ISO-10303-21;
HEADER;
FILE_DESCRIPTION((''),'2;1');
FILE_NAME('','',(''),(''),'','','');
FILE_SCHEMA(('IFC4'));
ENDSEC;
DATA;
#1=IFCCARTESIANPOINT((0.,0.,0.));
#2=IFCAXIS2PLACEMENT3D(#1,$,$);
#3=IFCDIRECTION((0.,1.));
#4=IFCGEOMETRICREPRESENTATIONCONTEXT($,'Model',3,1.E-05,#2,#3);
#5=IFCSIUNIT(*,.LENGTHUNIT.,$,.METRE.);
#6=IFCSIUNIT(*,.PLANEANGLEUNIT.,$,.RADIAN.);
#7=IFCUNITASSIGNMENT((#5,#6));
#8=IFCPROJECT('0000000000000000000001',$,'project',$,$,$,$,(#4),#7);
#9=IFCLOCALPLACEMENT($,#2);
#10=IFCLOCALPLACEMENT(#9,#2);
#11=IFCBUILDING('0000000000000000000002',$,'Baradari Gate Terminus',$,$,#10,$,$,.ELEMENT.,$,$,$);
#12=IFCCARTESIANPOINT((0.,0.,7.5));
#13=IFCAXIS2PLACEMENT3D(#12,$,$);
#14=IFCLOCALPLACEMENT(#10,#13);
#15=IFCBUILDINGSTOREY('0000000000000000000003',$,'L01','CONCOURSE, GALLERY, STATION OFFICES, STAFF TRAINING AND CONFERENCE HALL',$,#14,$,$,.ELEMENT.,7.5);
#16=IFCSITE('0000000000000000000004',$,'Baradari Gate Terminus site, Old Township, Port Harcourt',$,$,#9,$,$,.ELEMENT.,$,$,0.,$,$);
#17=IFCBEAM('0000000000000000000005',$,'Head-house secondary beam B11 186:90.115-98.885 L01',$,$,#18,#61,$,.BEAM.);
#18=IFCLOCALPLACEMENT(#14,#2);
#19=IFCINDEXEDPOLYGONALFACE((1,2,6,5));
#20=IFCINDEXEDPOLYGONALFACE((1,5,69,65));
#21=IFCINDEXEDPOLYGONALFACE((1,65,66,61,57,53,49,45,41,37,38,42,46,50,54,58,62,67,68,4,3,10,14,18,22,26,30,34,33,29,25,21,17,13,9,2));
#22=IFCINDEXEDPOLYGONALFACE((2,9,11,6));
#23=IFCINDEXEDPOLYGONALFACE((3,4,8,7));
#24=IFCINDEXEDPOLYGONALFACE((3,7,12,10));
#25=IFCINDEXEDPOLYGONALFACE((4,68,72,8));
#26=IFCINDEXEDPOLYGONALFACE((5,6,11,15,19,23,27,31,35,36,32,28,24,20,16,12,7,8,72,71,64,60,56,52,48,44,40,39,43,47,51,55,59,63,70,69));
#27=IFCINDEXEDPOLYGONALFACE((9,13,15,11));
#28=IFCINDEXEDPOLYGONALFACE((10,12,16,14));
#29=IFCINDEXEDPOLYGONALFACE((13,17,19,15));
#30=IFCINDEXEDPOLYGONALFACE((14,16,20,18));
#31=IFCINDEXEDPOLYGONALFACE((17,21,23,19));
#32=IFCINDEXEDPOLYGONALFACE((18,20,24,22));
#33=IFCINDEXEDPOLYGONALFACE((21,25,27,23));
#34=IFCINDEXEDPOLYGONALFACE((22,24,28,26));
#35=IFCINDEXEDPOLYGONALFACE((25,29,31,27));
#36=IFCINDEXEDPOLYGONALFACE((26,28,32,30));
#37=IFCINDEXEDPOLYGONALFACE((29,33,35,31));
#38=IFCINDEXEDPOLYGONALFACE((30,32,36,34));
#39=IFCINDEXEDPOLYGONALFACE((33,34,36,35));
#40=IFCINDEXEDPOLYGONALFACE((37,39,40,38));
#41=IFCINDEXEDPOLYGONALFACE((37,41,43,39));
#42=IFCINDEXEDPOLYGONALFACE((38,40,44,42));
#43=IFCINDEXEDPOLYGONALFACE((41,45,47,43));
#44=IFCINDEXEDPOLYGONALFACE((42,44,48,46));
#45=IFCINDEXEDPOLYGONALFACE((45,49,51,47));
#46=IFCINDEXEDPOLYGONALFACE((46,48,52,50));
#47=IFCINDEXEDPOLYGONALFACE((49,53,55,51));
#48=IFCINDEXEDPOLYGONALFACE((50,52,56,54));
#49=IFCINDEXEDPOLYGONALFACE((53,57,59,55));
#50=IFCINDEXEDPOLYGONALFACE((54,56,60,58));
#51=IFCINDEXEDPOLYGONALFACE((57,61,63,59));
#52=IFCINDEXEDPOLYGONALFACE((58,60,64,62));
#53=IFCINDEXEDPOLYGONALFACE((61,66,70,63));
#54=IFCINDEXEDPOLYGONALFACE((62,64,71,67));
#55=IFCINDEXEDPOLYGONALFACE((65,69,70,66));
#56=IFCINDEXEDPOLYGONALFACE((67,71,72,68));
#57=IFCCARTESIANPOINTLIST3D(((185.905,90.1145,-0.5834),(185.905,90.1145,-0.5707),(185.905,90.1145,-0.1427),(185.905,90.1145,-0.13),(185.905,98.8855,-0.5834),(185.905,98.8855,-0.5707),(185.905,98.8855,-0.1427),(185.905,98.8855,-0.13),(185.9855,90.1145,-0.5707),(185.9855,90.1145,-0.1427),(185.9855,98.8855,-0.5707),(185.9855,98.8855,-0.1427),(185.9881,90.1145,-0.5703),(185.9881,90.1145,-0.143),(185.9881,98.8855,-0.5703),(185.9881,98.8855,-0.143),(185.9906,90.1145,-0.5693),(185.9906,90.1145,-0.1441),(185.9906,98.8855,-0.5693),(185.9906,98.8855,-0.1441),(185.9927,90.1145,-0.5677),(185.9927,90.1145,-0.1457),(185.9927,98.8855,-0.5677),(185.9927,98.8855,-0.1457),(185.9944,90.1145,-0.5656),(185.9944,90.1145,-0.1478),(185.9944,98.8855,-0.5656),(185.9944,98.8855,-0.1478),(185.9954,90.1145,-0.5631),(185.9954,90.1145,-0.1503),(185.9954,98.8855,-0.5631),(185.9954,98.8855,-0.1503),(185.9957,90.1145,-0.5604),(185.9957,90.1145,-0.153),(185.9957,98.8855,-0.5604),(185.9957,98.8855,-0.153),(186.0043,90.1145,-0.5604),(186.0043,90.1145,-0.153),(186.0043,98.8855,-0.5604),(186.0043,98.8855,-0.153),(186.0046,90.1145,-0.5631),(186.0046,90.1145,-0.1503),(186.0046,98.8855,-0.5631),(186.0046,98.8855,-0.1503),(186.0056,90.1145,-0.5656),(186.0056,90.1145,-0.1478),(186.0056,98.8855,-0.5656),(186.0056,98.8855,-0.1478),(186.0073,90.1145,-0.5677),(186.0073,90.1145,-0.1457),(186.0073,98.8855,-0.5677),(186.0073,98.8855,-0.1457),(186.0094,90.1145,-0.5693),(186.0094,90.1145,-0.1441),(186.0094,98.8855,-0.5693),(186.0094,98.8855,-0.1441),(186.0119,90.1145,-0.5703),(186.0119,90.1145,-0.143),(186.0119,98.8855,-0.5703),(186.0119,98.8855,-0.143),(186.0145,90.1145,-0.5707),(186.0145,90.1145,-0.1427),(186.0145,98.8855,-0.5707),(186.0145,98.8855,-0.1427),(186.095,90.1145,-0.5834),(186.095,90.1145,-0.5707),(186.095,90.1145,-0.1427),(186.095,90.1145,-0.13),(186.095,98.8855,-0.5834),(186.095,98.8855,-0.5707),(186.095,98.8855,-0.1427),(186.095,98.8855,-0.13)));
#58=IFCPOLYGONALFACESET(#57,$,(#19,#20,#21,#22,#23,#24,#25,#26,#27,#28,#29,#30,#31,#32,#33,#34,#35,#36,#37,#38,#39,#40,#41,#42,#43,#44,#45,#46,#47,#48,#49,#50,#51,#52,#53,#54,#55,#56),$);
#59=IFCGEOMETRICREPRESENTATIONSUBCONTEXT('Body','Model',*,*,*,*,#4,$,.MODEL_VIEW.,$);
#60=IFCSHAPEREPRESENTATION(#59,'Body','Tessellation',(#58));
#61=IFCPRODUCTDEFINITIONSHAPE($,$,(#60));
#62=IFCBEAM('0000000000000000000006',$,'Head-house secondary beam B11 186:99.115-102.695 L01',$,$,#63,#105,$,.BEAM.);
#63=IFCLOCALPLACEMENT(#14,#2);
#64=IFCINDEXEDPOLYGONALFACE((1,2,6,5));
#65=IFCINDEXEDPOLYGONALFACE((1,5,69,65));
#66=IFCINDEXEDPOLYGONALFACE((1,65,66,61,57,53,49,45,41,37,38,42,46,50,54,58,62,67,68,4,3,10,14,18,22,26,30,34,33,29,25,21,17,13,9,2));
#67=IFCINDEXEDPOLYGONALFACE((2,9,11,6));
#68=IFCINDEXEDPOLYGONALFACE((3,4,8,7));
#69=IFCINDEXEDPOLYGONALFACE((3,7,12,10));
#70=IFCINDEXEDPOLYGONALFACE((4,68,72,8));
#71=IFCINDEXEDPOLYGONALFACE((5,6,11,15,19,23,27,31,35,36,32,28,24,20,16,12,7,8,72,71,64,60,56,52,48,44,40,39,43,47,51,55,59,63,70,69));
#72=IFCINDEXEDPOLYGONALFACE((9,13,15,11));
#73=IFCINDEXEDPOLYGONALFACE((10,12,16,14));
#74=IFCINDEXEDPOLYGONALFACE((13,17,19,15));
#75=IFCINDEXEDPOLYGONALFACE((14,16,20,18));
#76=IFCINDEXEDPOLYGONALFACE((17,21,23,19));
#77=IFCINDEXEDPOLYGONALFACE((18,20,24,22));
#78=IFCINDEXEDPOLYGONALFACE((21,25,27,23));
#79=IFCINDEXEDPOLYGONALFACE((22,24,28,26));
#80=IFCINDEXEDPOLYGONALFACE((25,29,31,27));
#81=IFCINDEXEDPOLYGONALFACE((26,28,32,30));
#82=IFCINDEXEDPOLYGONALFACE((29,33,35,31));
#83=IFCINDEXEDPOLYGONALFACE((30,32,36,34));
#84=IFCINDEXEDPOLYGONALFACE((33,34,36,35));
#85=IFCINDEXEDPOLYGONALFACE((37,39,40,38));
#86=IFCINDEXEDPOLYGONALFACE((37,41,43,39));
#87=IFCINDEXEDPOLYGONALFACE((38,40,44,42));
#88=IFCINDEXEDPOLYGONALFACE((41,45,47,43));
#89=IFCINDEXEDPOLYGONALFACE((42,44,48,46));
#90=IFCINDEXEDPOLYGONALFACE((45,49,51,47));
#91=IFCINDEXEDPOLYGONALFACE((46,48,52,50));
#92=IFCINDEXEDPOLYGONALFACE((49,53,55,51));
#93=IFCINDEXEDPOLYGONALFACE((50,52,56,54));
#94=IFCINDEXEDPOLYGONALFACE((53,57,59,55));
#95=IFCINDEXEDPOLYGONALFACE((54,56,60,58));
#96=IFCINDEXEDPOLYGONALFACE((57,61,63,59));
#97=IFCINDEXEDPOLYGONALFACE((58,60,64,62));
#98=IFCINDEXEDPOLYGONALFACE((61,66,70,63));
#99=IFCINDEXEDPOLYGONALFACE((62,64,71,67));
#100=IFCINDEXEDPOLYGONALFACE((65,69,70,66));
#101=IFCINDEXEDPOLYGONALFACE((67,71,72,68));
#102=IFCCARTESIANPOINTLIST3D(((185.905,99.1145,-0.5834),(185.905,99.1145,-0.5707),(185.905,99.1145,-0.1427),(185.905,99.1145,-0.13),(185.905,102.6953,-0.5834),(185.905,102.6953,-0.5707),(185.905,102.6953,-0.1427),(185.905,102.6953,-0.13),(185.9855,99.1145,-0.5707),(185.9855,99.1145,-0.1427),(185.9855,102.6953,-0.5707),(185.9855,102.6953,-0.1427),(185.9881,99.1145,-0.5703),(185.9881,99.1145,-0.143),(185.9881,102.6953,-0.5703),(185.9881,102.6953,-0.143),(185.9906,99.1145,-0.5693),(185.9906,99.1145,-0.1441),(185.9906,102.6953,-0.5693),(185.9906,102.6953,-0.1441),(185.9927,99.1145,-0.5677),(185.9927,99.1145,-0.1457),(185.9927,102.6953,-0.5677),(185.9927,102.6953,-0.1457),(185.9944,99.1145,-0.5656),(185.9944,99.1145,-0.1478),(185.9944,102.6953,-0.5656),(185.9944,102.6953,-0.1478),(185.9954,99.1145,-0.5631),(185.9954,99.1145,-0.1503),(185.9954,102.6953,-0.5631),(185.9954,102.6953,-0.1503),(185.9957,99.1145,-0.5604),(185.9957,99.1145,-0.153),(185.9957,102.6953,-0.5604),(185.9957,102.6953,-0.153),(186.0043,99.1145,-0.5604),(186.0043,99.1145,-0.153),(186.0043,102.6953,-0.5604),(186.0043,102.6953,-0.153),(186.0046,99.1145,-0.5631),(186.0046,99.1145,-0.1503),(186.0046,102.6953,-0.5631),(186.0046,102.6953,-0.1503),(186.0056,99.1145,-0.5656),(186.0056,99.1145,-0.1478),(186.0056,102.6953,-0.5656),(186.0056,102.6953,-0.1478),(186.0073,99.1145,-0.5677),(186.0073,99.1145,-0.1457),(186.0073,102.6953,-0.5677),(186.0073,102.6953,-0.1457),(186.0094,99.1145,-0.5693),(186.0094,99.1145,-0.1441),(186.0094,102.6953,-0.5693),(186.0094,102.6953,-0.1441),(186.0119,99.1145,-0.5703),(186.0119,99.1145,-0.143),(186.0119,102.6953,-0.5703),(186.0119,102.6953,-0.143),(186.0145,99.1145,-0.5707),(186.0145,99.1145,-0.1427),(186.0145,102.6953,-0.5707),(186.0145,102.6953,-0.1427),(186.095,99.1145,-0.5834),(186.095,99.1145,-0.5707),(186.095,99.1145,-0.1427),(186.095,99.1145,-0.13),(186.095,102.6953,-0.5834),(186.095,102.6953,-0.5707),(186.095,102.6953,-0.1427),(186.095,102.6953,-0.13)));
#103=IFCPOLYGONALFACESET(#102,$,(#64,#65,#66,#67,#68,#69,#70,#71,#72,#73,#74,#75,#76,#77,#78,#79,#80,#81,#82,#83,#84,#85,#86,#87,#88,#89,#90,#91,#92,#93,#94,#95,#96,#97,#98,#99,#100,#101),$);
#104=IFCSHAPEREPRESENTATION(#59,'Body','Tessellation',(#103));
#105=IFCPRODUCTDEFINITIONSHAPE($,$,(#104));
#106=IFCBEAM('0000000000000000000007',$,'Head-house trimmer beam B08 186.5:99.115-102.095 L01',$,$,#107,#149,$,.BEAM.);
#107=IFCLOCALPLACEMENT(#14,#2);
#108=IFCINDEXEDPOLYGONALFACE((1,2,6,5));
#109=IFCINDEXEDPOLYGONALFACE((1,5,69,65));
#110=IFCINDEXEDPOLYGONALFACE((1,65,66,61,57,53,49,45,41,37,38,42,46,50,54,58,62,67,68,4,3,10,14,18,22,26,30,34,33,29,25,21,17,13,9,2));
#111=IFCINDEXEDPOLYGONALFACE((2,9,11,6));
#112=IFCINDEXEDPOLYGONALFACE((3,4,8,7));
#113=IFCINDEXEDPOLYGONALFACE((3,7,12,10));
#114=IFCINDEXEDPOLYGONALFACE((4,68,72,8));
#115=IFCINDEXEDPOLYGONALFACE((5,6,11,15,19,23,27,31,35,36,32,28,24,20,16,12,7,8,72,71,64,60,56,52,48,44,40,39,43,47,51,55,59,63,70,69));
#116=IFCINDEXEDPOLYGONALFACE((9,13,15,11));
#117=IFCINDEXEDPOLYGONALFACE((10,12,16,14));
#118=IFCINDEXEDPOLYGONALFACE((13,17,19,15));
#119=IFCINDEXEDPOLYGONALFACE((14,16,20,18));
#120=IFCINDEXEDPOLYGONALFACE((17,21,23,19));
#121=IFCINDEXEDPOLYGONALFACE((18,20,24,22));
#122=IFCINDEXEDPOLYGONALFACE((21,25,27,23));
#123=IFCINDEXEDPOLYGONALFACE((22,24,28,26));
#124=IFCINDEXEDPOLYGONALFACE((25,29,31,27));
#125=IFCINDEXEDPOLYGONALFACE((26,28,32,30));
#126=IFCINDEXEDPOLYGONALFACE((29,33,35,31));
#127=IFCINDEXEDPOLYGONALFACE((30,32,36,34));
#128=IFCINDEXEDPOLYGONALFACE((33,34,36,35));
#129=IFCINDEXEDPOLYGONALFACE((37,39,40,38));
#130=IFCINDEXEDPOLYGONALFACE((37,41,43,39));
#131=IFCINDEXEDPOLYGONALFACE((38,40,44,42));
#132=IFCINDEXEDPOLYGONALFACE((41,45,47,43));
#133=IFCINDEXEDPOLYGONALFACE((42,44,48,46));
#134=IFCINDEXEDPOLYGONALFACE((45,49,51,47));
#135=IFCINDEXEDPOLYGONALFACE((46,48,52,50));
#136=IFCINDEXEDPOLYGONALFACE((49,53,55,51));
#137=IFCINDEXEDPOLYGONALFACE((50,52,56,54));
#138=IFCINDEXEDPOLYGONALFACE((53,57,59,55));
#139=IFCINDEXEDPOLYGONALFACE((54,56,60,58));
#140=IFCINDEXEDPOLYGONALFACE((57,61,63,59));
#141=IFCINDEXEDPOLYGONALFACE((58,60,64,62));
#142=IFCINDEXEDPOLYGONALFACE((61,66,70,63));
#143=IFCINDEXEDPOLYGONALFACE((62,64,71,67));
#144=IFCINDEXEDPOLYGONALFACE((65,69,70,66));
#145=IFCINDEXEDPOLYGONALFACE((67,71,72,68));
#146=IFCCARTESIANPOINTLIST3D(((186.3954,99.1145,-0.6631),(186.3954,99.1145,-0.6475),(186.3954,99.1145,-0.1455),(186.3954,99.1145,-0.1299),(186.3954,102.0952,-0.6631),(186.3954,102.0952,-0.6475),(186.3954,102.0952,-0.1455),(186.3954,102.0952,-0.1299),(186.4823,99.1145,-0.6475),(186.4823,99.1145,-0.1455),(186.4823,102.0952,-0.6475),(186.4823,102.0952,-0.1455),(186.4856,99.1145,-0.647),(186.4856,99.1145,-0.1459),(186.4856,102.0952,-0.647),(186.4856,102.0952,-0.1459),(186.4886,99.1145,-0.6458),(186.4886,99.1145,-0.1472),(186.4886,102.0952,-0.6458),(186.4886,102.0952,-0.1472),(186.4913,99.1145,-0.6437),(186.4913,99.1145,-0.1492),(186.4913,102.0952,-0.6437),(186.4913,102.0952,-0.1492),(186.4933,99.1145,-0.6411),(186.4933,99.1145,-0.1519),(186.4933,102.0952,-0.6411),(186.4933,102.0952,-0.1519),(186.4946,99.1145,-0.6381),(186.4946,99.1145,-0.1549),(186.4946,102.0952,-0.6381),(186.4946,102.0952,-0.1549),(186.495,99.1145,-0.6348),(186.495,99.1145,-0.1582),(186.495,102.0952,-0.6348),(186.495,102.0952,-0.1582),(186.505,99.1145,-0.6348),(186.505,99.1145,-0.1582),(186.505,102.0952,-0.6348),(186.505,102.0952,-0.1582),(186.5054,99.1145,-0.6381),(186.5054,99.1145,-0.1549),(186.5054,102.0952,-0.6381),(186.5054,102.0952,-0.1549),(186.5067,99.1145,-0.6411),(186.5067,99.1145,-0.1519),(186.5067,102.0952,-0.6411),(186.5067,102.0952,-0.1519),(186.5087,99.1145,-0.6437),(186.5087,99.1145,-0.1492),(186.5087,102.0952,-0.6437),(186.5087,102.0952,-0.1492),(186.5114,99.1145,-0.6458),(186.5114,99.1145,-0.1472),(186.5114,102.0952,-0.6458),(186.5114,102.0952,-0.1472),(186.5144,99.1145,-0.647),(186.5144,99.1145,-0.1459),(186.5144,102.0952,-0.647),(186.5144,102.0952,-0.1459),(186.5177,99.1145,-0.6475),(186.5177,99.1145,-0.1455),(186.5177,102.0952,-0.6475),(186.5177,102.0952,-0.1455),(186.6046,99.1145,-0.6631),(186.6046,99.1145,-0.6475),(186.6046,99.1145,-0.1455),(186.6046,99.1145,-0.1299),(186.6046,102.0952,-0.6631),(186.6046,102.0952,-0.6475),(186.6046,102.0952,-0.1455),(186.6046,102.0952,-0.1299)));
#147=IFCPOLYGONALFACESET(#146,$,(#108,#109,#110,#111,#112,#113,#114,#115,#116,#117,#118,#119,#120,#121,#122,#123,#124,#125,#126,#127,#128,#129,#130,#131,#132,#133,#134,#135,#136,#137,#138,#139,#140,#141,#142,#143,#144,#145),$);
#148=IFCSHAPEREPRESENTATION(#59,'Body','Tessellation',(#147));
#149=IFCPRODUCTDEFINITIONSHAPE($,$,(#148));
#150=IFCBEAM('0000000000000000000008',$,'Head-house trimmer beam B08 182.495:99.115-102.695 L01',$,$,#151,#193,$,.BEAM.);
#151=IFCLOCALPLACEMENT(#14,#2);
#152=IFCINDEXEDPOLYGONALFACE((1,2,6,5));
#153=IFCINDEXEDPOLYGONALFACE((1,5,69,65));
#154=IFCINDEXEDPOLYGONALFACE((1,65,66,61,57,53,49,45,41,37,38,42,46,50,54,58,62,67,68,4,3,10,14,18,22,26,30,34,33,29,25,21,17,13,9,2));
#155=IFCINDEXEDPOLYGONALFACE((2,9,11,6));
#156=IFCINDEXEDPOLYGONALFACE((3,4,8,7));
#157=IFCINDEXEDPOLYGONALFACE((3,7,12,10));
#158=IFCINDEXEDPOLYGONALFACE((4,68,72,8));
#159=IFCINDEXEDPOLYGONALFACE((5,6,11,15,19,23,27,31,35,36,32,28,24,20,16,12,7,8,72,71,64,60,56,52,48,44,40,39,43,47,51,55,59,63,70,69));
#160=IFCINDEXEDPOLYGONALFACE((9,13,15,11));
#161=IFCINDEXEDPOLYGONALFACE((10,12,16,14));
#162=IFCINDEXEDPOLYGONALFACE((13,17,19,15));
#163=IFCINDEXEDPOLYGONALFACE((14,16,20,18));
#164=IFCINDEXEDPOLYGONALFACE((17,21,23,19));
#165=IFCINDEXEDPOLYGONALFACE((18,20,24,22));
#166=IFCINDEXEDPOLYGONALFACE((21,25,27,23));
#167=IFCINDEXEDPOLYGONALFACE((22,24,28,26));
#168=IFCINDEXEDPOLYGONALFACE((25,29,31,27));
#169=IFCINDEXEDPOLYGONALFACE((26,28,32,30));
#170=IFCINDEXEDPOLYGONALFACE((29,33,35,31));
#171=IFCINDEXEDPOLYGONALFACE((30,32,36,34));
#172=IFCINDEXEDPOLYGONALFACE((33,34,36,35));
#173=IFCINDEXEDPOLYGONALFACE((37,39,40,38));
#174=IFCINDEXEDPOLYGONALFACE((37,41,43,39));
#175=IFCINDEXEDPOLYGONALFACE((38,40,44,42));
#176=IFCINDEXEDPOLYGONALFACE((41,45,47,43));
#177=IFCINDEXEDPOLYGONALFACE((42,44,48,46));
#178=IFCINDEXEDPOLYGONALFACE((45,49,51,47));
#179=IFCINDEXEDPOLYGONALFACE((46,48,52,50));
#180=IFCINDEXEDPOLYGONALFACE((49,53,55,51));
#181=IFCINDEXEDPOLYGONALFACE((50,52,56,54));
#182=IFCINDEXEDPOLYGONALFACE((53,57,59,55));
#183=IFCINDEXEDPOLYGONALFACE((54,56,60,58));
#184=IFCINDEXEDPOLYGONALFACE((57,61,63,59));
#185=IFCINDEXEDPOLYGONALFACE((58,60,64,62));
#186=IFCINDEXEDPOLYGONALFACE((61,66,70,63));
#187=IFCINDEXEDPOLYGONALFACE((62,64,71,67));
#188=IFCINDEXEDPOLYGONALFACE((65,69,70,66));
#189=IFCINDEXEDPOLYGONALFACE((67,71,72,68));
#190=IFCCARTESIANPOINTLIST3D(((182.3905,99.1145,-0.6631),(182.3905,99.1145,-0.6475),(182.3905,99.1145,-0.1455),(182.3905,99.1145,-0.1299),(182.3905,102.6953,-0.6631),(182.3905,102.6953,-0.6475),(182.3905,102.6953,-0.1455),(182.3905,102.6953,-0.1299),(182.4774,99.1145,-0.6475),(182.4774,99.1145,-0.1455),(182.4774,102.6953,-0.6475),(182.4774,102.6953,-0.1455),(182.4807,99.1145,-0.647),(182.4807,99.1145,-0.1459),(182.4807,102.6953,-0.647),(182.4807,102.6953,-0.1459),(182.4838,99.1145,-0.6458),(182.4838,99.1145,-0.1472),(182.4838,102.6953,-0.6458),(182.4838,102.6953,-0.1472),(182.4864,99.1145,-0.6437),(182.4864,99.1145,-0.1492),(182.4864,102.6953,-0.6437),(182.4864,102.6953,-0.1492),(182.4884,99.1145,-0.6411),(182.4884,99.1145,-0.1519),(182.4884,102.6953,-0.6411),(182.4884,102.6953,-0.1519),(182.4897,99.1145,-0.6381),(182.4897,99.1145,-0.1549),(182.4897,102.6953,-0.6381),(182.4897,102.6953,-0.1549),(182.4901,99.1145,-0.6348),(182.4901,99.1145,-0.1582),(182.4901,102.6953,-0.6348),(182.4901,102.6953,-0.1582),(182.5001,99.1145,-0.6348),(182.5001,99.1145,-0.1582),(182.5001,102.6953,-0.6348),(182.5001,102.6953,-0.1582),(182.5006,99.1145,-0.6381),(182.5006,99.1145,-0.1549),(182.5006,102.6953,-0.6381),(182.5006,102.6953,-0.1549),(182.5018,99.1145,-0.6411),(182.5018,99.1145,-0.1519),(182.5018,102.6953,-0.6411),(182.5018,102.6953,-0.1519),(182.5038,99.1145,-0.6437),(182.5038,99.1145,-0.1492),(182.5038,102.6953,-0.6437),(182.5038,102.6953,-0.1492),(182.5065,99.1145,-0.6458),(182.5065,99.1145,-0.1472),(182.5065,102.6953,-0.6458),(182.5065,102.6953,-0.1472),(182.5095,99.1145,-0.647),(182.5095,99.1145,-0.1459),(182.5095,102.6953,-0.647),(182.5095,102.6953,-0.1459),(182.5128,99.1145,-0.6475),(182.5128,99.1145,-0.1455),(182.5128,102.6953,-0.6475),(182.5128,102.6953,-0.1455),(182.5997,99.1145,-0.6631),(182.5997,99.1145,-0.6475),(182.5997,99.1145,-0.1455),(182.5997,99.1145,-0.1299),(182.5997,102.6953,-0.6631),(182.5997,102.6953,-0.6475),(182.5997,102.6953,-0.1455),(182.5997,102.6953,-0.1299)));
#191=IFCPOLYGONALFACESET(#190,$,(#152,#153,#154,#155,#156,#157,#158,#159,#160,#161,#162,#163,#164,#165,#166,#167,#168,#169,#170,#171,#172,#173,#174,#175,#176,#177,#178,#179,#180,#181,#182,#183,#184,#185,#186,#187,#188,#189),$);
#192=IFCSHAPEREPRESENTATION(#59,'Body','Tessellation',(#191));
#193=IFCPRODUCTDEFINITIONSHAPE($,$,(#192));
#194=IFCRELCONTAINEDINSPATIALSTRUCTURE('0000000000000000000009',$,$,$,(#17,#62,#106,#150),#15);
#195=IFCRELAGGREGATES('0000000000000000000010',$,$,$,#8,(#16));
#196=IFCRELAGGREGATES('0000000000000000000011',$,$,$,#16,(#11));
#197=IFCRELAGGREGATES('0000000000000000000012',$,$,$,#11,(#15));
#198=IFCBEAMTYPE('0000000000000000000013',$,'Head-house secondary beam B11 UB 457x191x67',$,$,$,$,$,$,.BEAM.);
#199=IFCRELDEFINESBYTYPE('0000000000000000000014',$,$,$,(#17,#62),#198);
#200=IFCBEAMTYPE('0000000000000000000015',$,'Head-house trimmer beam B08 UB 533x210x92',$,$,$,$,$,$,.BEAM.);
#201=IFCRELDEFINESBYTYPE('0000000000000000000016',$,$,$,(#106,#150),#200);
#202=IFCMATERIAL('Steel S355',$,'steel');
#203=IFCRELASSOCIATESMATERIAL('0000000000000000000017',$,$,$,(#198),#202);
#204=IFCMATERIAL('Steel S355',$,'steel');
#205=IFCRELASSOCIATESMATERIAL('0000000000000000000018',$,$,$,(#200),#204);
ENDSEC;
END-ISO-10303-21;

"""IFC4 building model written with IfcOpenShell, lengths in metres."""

from ifc_helpers import new_model, si_unit, direction, frame, origin, origin_2d, place, context, subcontext, project, spatial, i_section, extrude, material, material_profile, profile_set, type_object, element, save


model = new_model("IFC4")

# Units and contexts
model_context = context("Model", 3, precision=1e-05, world=origin(), true_north=direction((0.0, 1.0)))
body_context = subcontext(model_context, "Body", "Model", "MODEL_VIEW")
ifc_project = project(units=[si_unit("LENGTHUNIT", "METRE"), si_unit("PLANEANGLEUNIT", "RADIAN")], contexts=[model_context])

# Site, building, storey
site_placement = place(None, origin())
site = spatial("IfcSite", under=ifc_project, at=site_placement, Name="Baradari Gate Terminus site, Old Township, Port Harcourt", CompositionType="ELEMENT", RefElevation=0.0)
building_placement = place(site_placement, origin())
building = spatial("IfcBuilding", under=site, at=building_placement, Name="Baradari Gate Terminus", CompositionType="ELEMENT")
storey_placement = place(building_placement, frame((0.0, 0.0, 7.5)))
storey = spatial("IfcBuildingStorey", under=building, at=storey_placement, Name="L01", Description="CONCOURSE, GALLERY, STATION OFFICES, STAFF TRAINING AND CONFERENCE HALL", CompositionType="ELEMENT", Elevation=7.5)

# Beams
ifc_material_1 = material(Name="Steel S355", Category="steel")
ifc_material_profile_1 = material_profile(ifc_material_1, i_section(OverallWidth=0.1899, OverallDepth=0.4534, WebThickness=0.0085, FlangeThickness=0.0127, FilletRadius=0.0103, at=origin_2d()), Name="UB 457x191x67")
ifc_profile_set_1 = profile_set([ifc_material_profile_1], Name="Steel S355")
beam_type_1 = type_object("IfcBeamType", Name="Head-house secondary beam B11 UB 457x191x67", PredefinedType="BEAM", material=ifc_profile_set_1)
beam_1_placement = place(storey_placement, frame((186.0, 90.1145, -0.3567), z_axis=(0.0, 1.0, 0.0), x_axis=(-1.0, 0.0, 0.0)))
element("IfcBeam", 1, at=beam_1_placement, inside=storey, type_object=beam_type_1, Name="Head-house secondary beam B11 186:90.115-98.885 L01", PredefinedType="BEAM", context=body_context, shape_type="SweptSolid", body=[
    extrude(i_section(OverallWidth=0.1899, OverallDepth=0.4534, WebThickness=0.0085, FlangeThickness=0.0127, FilletRadius=0.0103, at=origin_2d()), origin(), (0.0, 0.0, 1.0), 8.771),
])
beam_2_placement = place(storey_placement, frame((186.0, 99.1145, -0.3567), z_axis=(0.0, 1.0, 0.0), x_axis=(-1.0, 0.0, 0.0)))
element("IfcBeam", 2, at=beam_2_placement, inside=storey, type_object=beam_type_1, Name="Head-house secondary beam B11 186:99.115-102.695 L01", PredefinedType="BEAM", context=body_context, shape_type="SweptSolid", body=[
    extrude(i_section(OverallWidth=0.1899, OverallDepth=0.4534, WebThickness=0.0085, FlangeThickness=0.0127, FilletRadius=0.0103, at=origin_2d()), origin(), (0.0, 0.0, 1.0), 3.5808),
])
ifc_material_2 = material(Name="Steel S355", Category="steel")
ifc_material_profile_2 = material_profile(ifc_material_2, i_section(OverallWidth=0.2092, OverallDepth=0.5332, WebThickness=0.01, FlangeThickness=0.0156, FilletRadius=0.0127, at=origin_2d()), Name="UB 533x210x92")
ifc_profile_set_2 = profile_set([ifc_material_profile_2], Name="Steel S355")
beam_type_2 = type_object("IfcBeamType", Name="Head-house trimmer beam B08 UB 533x210x92", PredefinedType="BEAM", material=ifc_profile_set_2)
beam_3_placement = place(storey_placement, frame((186.5, 99.1145, -0.3965), z_axis=(0.0, 1.0, 0.0), x_axis=(-1.0, 0.0, 0.0)))
element("IfcBeam", 3, at=beam_3_placement, inside=storey, type_object=beam_type_2, Name="Head-house trimmer beam B08 186.5:99.115-102.095 L01", PredefinedType="BEAM", context=body_context, shape_type="SweptSolid", body=[
    extrude(i_section(OverallWidth=0.2092, OverallDepth=0.5332, WebThickness=0.01, FlangeThickness=0.0156, FilletRadius=0.0127, at=origin_2d()), origin(), (0.0, 0.0, 1.0), 2.9807),
])
beam_4_placement = place(storey_placement, frame((182.4951, 99.1145, -0.3965), z_axis=(0.0, 1.0, 0.0), x_axis=(-1.0, 0.0, 0.0)))
element("IfcBeam", 4, at=beam_4_placement, inside=storey, type_object=beam_type_2, Name="Head-house trimmer beam B08 182.495:99.115-102.695 L01", PredefinedType="BEAM", context=body_context, shape_type="SweptSolid", body=[
    extrude(i_section(OverallWidth=0.2092, OverallDepth=0.5332, WebThickness=0.01, FlangeThickness=0.0156, FilletRadius=0.0127, at=origin_2d()), origin(), (0.0, 0.0, 1.0), 3.5808),
])

save(model, "model.ifc")
